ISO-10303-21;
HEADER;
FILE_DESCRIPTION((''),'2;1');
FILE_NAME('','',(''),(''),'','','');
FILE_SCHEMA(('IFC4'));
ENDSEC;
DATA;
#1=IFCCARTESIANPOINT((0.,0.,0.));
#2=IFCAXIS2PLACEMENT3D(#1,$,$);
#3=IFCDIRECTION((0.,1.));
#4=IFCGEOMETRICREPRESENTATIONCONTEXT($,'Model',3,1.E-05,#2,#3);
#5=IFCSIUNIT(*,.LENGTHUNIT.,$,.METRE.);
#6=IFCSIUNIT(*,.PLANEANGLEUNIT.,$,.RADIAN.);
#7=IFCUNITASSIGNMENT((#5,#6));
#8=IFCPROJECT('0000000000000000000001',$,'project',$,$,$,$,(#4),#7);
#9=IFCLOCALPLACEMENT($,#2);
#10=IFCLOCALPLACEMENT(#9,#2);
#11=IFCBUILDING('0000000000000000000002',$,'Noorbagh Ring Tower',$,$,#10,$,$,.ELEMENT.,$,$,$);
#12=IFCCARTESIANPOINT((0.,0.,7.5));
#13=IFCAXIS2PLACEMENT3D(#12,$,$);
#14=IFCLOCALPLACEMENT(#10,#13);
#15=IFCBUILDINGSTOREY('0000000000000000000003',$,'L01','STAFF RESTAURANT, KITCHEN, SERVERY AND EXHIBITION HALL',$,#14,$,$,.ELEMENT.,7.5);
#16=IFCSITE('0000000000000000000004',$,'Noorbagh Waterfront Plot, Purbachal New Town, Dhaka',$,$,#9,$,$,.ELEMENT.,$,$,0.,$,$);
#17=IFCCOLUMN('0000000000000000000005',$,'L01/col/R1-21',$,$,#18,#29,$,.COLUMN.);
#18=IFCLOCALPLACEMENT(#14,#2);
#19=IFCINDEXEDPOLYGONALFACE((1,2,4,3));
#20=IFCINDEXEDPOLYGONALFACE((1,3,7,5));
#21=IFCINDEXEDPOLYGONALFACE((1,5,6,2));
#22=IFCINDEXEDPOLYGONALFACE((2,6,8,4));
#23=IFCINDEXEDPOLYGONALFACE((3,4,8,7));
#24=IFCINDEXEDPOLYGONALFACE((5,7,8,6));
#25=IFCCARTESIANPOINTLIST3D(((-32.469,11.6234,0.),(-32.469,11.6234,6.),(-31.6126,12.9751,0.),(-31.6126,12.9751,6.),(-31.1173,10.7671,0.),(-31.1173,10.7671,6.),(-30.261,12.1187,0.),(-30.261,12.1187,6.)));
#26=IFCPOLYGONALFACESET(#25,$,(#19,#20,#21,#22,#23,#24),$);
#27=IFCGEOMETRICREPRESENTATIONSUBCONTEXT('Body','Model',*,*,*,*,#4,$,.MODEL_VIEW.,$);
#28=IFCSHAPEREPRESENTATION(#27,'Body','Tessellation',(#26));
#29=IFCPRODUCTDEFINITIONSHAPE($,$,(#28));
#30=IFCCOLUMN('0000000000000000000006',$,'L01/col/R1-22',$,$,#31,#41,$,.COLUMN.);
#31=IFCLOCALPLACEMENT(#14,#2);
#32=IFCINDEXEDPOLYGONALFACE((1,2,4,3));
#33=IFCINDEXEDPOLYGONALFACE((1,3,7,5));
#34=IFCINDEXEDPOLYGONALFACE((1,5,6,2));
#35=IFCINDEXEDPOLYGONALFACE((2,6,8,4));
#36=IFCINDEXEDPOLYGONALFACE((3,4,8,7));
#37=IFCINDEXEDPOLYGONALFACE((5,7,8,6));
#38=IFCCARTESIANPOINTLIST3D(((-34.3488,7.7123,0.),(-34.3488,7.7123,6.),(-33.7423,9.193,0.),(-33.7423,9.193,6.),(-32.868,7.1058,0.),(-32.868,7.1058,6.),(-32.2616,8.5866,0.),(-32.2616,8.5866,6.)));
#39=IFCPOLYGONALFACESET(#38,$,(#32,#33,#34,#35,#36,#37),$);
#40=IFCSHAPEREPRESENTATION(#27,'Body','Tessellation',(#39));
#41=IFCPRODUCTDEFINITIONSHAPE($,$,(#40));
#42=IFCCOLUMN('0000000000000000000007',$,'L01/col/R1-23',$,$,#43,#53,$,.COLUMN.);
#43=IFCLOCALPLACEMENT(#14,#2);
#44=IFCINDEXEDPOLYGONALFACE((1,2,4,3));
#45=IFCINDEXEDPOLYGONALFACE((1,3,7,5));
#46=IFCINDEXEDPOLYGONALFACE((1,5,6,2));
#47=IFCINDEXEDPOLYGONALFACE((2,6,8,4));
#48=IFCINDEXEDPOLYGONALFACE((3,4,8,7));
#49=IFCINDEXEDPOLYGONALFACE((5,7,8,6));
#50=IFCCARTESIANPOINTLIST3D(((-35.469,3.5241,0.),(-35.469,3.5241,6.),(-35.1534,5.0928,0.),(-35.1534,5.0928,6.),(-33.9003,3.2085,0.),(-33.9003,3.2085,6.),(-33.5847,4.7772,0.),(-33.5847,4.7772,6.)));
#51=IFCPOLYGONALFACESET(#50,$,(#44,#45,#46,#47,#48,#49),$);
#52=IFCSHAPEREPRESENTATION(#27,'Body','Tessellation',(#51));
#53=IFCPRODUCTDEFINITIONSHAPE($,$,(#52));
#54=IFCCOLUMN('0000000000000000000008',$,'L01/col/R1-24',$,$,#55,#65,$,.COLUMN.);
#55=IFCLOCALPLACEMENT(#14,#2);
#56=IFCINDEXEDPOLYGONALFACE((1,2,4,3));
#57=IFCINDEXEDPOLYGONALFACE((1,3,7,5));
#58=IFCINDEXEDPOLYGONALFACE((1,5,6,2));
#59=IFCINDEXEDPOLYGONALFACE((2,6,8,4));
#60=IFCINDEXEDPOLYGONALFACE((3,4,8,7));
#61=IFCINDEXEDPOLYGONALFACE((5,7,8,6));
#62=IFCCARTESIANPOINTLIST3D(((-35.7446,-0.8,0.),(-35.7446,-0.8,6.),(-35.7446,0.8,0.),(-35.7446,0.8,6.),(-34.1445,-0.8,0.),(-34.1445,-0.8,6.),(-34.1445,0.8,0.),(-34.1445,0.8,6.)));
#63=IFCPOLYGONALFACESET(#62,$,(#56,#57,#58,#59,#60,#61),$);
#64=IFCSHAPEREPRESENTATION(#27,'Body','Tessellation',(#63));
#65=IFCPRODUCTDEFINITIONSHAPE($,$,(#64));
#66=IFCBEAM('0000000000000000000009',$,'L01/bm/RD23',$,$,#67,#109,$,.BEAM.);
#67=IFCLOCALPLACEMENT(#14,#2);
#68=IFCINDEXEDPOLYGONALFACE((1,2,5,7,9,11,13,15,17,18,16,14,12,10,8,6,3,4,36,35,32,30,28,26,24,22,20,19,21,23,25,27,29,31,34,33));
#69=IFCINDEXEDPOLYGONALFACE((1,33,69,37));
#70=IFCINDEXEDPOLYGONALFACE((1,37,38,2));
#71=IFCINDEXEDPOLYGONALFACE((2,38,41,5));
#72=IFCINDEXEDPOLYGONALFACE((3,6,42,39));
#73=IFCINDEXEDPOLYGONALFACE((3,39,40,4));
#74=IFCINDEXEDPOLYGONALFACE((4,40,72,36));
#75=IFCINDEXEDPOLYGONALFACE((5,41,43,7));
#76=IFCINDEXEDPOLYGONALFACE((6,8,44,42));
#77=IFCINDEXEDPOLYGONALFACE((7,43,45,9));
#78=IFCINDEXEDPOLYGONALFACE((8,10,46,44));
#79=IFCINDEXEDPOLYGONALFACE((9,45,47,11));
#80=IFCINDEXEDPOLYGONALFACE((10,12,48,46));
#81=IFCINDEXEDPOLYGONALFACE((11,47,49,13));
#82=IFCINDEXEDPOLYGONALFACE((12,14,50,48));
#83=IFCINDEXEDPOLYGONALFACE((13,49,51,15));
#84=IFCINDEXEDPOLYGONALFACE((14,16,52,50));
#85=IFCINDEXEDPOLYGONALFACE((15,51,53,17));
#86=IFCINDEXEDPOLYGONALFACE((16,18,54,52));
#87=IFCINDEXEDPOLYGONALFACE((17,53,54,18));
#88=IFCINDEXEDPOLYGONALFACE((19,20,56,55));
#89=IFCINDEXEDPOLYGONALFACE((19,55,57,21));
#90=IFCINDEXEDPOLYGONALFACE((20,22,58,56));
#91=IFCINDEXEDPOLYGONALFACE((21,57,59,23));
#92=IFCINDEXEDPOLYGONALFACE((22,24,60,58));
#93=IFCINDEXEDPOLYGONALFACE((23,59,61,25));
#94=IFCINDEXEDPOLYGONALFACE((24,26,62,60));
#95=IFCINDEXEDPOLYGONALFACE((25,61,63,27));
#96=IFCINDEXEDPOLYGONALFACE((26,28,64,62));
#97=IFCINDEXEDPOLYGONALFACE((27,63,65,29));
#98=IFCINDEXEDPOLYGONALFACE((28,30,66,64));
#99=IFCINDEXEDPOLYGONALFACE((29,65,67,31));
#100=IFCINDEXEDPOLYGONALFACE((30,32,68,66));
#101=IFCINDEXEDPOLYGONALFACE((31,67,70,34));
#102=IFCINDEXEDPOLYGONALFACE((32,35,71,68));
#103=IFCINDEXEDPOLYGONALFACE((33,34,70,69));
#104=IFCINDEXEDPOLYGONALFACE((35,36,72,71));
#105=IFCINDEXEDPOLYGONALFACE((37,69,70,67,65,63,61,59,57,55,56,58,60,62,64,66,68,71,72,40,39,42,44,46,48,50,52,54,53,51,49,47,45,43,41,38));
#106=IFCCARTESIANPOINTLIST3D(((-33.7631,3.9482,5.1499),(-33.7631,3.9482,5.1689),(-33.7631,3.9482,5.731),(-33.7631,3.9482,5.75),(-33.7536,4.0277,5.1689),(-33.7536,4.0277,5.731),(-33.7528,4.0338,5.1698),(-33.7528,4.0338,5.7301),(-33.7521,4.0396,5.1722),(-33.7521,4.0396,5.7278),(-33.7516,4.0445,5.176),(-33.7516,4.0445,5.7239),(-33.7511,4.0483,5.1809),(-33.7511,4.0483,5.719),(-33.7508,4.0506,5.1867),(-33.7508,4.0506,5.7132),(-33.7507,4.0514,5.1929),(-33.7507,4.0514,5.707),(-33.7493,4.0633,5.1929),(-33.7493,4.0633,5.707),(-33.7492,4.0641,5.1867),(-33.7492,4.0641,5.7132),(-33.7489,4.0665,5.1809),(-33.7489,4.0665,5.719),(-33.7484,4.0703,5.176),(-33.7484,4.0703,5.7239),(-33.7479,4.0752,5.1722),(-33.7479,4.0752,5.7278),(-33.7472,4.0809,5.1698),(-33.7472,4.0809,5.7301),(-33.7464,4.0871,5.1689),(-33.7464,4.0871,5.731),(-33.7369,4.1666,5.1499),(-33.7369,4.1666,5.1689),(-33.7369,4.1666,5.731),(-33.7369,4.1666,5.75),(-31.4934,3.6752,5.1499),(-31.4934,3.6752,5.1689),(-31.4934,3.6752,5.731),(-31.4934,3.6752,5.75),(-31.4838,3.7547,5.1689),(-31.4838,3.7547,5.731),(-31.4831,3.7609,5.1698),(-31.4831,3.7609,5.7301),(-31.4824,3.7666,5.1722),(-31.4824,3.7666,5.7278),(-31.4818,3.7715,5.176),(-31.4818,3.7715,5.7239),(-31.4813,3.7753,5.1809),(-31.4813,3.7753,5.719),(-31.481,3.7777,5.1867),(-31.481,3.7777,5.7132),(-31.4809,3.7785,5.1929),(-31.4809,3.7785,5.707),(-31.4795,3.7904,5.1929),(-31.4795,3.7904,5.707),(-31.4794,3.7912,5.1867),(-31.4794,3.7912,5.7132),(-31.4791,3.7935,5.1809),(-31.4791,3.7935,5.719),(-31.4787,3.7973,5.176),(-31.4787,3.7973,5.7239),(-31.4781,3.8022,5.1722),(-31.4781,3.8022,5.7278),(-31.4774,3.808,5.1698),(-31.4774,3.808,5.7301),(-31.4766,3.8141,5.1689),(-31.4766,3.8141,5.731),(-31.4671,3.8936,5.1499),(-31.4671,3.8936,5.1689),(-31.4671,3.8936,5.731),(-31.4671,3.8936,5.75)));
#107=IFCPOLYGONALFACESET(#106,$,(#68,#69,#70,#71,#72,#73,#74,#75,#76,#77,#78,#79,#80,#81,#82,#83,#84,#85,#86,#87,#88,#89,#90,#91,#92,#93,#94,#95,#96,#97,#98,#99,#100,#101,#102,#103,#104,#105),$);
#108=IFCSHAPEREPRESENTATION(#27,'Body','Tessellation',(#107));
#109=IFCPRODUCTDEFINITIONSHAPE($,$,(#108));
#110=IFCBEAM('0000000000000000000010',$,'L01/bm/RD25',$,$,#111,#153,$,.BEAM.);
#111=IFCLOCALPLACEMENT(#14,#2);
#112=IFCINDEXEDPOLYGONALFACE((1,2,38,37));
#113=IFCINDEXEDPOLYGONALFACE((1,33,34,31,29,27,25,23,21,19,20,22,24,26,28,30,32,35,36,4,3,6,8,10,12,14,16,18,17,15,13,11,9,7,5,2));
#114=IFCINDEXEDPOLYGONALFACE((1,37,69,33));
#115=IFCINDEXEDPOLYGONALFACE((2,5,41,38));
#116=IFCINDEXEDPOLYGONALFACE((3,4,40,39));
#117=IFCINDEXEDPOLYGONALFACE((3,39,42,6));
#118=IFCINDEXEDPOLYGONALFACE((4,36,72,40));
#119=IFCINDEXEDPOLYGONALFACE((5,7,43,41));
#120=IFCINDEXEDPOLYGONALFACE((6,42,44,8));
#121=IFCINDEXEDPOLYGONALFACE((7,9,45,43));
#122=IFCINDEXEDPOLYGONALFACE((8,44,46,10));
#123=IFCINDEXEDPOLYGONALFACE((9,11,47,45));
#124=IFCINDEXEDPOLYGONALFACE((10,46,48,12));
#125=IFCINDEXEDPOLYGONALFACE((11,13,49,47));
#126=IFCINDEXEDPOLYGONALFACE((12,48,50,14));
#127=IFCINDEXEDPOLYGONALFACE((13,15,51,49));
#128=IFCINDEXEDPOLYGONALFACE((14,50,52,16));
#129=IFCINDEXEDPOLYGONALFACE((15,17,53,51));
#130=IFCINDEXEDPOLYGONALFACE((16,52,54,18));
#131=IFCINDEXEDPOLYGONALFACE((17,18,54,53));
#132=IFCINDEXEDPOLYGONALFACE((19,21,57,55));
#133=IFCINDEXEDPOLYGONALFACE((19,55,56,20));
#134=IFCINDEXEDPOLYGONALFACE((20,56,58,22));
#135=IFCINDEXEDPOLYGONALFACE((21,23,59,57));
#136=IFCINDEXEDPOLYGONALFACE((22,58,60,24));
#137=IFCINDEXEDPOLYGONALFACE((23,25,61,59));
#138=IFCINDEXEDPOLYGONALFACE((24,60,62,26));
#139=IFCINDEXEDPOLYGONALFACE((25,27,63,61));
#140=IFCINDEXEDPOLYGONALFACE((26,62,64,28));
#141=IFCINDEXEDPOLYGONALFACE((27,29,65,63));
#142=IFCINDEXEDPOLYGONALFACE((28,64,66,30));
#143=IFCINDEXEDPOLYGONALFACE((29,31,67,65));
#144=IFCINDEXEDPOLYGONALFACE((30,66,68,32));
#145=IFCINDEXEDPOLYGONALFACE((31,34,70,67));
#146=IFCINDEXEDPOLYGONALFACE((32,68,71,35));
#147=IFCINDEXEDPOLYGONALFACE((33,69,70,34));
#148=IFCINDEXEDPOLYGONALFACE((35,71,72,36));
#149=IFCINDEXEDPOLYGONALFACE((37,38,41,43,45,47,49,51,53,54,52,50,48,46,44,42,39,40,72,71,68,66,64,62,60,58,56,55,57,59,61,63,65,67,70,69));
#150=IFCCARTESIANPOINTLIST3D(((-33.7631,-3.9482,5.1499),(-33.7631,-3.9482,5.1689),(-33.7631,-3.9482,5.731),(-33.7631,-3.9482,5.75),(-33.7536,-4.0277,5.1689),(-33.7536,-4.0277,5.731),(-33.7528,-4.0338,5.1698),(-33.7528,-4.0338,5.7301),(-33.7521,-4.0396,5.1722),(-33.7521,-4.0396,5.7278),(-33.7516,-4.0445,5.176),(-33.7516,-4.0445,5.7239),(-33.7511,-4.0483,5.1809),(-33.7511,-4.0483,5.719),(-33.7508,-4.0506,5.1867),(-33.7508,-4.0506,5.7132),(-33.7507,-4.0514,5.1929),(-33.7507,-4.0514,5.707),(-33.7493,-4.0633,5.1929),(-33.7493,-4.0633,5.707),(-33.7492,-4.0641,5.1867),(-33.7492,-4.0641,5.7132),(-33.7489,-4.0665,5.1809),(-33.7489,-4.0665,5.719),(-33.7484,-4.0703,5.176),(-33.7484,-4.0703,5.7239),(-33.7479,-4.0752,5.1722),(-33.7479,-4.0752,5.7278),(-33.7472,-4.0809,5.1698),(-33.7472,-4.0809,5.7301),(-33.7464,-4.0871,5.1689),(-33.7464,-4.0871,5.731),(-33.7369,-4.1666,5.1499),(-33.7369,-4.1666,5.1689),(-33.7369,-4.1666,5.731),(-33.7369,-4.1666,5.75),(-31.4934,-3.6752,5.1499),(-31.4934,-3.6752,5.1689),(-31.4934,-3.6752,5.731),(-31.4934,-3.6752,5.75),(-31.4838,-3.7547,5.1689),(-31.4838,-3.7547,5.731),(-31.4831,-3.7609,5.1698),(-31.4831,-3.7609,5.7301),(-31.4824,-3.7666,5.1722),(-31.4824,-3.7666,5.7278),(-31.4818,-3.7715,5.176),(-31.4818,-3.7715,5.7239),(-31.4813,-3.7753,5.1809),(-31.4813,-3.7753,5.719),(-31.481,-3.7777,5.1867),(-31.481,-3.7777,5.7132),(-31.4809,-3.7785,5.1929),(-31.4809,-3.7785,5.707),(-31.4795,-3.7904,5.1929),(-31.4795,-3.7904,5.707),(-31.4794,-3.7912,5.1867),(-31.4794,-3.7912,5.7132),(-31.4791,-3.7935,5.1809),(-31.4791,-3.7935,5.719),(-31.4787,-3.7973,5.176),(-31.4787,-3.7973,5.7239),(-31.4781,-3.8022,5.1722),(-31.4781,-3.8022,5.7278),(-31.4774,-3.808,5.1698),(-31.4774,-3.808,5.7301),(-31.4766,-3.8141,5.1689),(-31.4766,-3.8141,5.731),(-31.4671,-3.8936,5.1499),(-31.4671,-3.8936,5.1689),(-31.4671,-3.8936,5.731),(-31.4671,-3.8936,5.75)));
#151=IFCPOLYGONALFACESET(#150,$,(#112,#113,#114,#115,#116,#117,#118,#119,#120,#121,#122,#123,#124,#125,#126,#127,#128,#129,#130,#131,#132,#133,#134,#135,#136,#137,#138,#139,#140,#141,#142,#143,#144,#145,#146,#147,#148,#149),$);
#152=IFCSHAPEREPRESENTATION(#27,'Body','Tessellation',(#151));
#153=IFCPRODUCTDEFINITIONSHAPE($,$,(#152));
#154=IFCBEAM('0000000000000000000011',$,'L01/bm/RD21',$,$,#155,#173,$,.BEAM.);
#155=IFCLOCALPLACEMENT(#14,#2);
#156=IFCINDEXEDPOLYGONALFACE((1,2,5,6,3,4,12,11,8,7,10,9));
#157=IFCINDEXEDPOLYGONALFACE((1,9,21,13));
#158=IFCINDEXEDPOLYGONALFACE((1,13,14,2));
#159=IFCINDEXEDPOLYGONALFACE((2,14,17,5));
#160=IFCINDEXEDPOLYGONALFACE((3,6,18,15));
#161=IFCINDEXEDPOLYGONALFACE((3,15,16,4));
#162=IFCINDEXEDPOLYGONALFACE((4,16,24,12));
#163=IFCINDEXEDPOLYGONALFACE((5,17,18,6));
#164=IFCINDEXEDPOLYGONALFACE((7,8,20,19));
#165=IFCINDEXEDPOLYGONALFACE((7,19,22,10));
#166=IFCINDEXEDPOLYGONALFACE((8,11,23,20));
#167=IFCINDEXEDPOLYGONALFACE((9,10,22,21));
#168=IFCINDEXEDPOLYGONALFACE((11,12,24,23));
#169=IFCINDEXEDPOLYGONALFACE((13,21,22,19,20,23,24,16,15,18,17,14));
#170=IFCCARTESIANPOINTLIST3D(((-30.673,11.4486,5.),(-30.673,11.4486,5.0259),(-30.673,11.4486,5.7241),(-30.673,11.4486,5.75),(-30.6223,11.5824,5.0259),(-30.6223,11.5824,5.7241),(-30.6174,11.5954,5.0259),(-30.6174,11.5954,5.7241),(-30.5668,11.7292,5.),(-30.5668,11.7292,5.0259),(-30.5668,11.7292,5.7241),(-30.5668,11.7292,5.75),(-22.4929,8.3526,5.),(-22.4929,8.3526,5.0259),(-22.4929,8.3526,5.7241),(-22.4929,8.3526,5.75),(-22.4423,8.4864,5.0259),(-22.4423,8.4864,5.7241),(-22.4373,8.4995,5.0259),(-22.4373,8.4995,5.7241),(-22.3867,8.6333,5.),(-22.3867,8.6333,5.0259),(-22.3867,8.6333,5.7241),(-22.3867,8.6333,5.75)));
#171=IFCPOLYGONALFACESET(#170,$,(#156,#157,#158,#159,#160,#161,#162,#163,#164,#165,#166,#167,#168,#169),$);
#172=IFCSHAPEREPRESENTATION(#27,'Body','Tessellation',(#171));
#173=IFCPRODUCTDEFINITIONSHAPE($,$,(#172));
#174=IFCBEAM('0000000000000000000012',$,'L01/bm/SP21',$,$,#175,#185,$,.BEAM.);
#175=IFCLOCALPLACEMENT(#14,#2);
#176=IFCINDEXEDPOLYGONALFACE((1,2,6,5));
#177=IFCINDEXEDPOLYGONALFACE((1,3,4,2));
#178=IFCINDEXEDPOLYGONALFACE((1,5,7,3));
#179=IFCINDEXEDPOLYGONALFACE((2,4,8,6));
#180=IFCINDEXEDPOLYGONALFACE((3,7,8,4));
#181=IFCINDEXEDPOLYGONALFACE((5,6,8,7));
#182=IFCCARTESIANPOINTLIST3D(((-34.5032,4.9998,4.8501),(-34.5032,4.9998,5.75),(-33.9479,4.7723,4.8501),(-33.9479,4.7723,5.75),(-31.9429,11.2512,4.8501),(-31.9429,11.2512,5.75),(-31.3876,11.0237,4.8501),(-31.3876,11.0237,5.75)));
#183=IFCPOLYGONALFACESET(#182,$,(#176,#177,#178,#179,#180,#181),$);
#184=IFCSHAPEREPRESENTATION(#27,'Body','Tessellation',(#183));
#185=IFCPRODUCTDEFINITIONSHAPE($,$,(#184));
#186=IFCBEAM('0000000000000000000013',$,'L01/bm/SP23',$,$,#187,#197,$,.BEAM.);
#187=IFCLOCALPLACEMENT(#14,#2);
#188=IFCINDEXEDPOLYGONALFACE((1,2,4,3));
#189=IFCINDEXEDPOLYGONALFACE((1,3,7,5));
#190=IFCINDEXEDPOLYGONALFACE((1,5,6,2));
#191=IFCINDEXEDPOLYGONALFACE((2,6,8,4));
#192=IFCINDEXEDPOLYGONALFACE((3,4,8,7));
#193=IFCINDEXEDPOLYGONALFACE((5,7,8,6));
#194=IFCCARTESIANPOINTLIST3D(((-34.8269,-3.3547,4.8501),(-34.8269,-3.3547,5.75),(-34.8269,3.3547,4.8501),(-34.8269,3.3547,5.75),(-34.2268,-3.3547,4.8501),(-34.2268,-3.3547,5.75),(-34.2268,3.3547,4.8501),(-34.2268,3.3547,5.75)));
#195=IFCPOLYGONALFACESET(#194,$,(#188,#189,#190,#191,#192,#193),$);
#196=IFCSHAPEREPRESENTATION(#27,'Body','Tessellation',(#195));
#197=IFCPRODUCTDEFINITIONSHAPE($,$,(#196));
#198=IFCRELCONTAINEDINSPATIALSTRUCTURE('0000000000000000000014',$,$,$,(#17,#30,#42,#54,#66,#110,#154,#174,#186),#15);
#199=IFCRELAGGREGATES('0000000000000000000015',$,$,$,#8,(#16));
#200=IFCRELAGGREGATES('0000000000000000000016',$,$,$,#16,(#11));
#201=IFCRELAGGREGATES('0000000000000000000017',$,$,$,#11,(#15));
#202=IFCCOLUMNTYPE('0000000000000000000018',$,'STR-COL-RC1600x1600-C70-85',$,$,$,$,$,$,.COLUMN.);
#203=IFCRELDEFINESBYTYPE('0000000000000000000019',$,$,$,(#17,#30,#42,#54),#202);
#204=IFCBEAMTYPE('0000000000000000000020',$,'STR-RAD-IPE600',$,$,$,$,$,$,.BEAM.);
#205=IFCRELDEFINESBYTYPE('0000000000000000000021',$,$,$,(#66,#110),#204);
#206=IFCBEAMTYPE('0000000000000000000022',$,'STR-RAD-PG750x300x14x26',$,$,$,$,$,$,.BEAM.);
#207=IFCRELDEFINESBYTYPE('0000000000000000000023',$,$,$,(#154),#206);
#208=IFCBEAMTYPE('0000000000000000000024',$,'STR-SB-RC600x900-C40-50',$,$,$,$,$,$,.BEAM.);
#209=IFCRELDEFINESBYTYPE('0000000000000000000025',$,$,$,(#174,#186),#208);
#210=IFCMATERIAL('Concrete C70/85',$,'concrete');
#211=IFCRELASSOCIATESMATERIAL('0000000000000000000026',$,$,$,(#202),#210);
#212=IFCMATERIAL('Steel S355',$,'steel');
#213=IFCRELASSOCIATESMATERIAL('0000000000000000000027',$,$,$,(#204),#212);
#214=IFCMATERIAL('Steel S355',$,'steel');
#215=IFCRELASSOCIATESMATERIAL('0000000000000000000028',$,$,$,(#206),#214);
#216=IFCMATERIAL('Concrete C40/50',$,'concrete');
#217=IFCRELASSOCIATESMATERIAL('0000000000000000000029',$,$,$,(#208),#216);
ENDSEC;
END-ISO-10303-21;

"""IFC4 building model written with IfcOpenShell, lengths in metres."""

from ifc_helpers import new_model, si_unit, direction, frame, origin, origin_2d, place, context, subcontext, project, spatial, rectangle, i_section, extrude, material, material_profile, profile_set, type_object, element, save


model = new_model("IFC4")

# Units and contexts
model_context = context("Model", 3, precision=1e-05, world=origin(), true_north=direction((0.0, 1.0)))
body_context = subcontext(model_context, "Body", "Model", "MODEL_VIEW")
ifc_project = project(units=[si_unit("LENGTHUNIT", "METRE"), si_unit("PLANEANGLEUNIT", "RADIAN")], contexts=[model_context])

# Site, building, storey
site_placement = place(None, origin())
site = spatial("IfcSite", under=ifc_project, at=site_placement, Name="Noorbagh Waterfront Plot, Purbachal New Town, Dhaka", CompositionType="ELEMENT", RefElevation=0.0)
building_placement = place(site_placement, origin())
building = spatial("IfcBuilding", under=site, at=building_placement, Name="Noorbagh Ring Tower", CompositionType="ELEMENT")
storey_placement = place(building_placement, frame((0.0, 0.0, 7.5)))
storey = spatial("IfcBuildingStorey", under=building, at=storey_placement, Name="L01", Description="STAFF RESTAURANT, KITCHEN, SERVERY AND EXHIBITION HALL", CompositionType="ELEMENT", Elevation=7.5)

# Columns
ifc_material_1 = material(Name="Concrete C70/85", Category="concrete")
ifc_material_profile_1 = material_profile(ifc_material_1, rectangle(XDim=1.6001, YDim=1.6001, at=origin_2d()), Name="RC1600x1600")
ifc_profile_set_1 = profile_set([ifc_material_profile_1], Name="Concrete C70/85")
column_type = type_object("IfcColumnType", Name="STR-COL-RC1600x1600-C70-85", PredefinedType="COLUMN", material=ifc_profile_set_1)
for number, where, z_axis, x_axis, name in (
    (1, (-31.365, 11.8711, 0.0), (0.0, 0.0, 1.0), (-0.53519, -0.844731, 0.0), "L01/col/R1-21"),
    (2, (-33.3052, 8.1494, 0.0), (0.0, 0.0, 1.0), (-0.378989, -0.925401, 0.0), "L01/col/R1-22"),
    (3, (-34.5269, 4.1506, 0.0), (0.0, 0.0, 1.0), (-0.19723, -0.980357, 0.0), "L01/col/R1-23"),
    (4, (-34.9446, 0.0, 0.0), (0.0, 0.0, 1.0), (0.0, -1.0, 0.0), "L01/col/R1-24"),
):
    element("IfcColumn", number, at=place(storey_placement, frame(where, z_axis=z_axis, x_axis=x_axis)), inside=storey, type_object=column_type, Name=name, PredefinedType="COLUMN", context=body_context, shape_type="SweptSolid", body=[
        extrude(rectangle(XDim=1.6001, YDim=1.6001, at=origin_2d()), origin(), (0.0, 0.0, 1.0), 6.0),
    ])

# Beams
ifc_material_2 = material(Name="Steel S355", Category="steel")
ifc_material_profile_2 = material_profile(ifc_material_2, i_section(OverallWidth=0.22, OverallDepth=0.6001, WebThickness=0.012, FlangeThickness=0.019, FilletRadius=0.0239, at=origin_2d()), Name="IPE600")
ifc_profile_set_2 = profile_set([ifc_material_profile_2], Name="Steel S355")
beam_type_1 = type_object("IfcBeamType", Name="STR-RAD-IPE600", PredefinedType="BEAM", material=ifc_profile_set_2)
for number, where, z_axis, x_axis, name in (
    (5, (-33.75, 4.0574, 5.45), (0.992847, -0.119394, 0.0), (0.119394, 0.992847, 0.0), "L01/bm/RD23"),
    (6, (-33.75, -4.0574, 5.45), (0.992847, 0.119394, 0.0), (-0.119394, 0.992847, 0.0), "L01/bm/RD25"),
):
    element("IfcBeam", number, at=place(storey_placement, frame(where, z_axis=z_axis, x_axis=x_axis)), inside=storey, type_object=beam_type_1, Name=name, PredefinedType="BEAM", context=body_context, shape_type="SweptSolid", body=[
        extrude(i_section(OverallWidth=0.22, OverallDepth=0.6001, WebThickness=0.012, FlangeThickness=0.019, FilletRadius=0.0239, at=origin_2d()), origin(), (0.0, 0.0, 1.0), 2.2861),
    ])
ifc_material_3 = material(Name="Steel S355", Category="steel")
ifc_material_profile_3 = material_profile(ifc_material_3, i_section(OverallWidth=0.3, OverallDepth=0.75, WebThickness=0.0139, FlangeThickness=0.0259, at=origin_2d()), Name="PG750x300x14x26")
ifc_profile_set_3 = profile_set([ifc_material_profile_3], Name="Steel S355")
beam_type_2 = type_object("IfcBeamType", Name="STR-RAD-PG750x300x14x26", PredefinedType="BEAM", material=ifc_profile_set_3)
beam_1_placement = place(storey_placement, frame((-30.6199, 11.5889, 5.375), z_axis=(0.935258, -0.353967, 0.0), x_axis=(0.353967, 0.935258, 0.0)))
element("IfcBeam", 7, at=beam_1_placement, inside=storey, type_object=beam_type_2, Name="L01/bm/RD21", PredefinedType="BEAM", context=body_context, shape_type="SweptSolid", body=[
    extrude(i_section(OverallWidth=0.3, OverallDepth=0.75, WebThickness=0.0139, FlangeThickness=0.0259, at=origin_2d()), origin(), (0.0, 0.0, 1.0), 8.7463),
])
ifc_material_4 = material(Name="Concrete C40/50", Category="concrete")
ifc_material_profile_4 = material_profile(ifc_material_4, rectangle(XDim=0.6001, YDim=0.8999, at=origin_2d()), Name="RC600x900")
ifc_profile_set_4 = profile_set([ifc_material_profile_4], Name="Concrete C40/50")
beam_type_3 = type_object("IfcBeamType", Name="STR-SB-RC600x900-C40-50", PredefinedType="BEAM", material=ifc_profile_set_4)
beam_2_placement = place(storey_placement, frame((-31.6653, 11.1375, 5.3), z_axis=(-0.378999, -0.925397, 0.0), x_axis=(0.925397, -0.378999, 0.0)))
element("IfcBeam", 8, at=beam_2_placement, inside=storey, type_object=beam_type_3, Name="L01/bm/SP21", PredefinedType="BEAM", context=body_context, shape_type="SweptSolid", body=[
    extrude(rectangle(XDim=0.6001, YDim=0.8999, at=origin_2d()), origin(), (0.0, 0.0, 1.0), 6.7554),
])
beam_3_placement = place(storey_placement, frame((-34.5269, 3.3547, 5.3), z_axis=(0.0, -1.0, 0.0), x_axis=(1.0, 0.0, 0.0)))
element("IfcBeam", 9, at=beam_3_placement, inside=storey, type_object=beam_type_3, Name="L01/bm/SP23", PredefinedType="BEAM", context=body_context, shape_type="SweptSolid", body=[
    extrude(rectangle(XDim=0.6001, YDim=0.8999, at=origin_2d()), origin(), (0.0, 0.0, 1.0), 6.7095),
])

save(model, "model.ifc")
